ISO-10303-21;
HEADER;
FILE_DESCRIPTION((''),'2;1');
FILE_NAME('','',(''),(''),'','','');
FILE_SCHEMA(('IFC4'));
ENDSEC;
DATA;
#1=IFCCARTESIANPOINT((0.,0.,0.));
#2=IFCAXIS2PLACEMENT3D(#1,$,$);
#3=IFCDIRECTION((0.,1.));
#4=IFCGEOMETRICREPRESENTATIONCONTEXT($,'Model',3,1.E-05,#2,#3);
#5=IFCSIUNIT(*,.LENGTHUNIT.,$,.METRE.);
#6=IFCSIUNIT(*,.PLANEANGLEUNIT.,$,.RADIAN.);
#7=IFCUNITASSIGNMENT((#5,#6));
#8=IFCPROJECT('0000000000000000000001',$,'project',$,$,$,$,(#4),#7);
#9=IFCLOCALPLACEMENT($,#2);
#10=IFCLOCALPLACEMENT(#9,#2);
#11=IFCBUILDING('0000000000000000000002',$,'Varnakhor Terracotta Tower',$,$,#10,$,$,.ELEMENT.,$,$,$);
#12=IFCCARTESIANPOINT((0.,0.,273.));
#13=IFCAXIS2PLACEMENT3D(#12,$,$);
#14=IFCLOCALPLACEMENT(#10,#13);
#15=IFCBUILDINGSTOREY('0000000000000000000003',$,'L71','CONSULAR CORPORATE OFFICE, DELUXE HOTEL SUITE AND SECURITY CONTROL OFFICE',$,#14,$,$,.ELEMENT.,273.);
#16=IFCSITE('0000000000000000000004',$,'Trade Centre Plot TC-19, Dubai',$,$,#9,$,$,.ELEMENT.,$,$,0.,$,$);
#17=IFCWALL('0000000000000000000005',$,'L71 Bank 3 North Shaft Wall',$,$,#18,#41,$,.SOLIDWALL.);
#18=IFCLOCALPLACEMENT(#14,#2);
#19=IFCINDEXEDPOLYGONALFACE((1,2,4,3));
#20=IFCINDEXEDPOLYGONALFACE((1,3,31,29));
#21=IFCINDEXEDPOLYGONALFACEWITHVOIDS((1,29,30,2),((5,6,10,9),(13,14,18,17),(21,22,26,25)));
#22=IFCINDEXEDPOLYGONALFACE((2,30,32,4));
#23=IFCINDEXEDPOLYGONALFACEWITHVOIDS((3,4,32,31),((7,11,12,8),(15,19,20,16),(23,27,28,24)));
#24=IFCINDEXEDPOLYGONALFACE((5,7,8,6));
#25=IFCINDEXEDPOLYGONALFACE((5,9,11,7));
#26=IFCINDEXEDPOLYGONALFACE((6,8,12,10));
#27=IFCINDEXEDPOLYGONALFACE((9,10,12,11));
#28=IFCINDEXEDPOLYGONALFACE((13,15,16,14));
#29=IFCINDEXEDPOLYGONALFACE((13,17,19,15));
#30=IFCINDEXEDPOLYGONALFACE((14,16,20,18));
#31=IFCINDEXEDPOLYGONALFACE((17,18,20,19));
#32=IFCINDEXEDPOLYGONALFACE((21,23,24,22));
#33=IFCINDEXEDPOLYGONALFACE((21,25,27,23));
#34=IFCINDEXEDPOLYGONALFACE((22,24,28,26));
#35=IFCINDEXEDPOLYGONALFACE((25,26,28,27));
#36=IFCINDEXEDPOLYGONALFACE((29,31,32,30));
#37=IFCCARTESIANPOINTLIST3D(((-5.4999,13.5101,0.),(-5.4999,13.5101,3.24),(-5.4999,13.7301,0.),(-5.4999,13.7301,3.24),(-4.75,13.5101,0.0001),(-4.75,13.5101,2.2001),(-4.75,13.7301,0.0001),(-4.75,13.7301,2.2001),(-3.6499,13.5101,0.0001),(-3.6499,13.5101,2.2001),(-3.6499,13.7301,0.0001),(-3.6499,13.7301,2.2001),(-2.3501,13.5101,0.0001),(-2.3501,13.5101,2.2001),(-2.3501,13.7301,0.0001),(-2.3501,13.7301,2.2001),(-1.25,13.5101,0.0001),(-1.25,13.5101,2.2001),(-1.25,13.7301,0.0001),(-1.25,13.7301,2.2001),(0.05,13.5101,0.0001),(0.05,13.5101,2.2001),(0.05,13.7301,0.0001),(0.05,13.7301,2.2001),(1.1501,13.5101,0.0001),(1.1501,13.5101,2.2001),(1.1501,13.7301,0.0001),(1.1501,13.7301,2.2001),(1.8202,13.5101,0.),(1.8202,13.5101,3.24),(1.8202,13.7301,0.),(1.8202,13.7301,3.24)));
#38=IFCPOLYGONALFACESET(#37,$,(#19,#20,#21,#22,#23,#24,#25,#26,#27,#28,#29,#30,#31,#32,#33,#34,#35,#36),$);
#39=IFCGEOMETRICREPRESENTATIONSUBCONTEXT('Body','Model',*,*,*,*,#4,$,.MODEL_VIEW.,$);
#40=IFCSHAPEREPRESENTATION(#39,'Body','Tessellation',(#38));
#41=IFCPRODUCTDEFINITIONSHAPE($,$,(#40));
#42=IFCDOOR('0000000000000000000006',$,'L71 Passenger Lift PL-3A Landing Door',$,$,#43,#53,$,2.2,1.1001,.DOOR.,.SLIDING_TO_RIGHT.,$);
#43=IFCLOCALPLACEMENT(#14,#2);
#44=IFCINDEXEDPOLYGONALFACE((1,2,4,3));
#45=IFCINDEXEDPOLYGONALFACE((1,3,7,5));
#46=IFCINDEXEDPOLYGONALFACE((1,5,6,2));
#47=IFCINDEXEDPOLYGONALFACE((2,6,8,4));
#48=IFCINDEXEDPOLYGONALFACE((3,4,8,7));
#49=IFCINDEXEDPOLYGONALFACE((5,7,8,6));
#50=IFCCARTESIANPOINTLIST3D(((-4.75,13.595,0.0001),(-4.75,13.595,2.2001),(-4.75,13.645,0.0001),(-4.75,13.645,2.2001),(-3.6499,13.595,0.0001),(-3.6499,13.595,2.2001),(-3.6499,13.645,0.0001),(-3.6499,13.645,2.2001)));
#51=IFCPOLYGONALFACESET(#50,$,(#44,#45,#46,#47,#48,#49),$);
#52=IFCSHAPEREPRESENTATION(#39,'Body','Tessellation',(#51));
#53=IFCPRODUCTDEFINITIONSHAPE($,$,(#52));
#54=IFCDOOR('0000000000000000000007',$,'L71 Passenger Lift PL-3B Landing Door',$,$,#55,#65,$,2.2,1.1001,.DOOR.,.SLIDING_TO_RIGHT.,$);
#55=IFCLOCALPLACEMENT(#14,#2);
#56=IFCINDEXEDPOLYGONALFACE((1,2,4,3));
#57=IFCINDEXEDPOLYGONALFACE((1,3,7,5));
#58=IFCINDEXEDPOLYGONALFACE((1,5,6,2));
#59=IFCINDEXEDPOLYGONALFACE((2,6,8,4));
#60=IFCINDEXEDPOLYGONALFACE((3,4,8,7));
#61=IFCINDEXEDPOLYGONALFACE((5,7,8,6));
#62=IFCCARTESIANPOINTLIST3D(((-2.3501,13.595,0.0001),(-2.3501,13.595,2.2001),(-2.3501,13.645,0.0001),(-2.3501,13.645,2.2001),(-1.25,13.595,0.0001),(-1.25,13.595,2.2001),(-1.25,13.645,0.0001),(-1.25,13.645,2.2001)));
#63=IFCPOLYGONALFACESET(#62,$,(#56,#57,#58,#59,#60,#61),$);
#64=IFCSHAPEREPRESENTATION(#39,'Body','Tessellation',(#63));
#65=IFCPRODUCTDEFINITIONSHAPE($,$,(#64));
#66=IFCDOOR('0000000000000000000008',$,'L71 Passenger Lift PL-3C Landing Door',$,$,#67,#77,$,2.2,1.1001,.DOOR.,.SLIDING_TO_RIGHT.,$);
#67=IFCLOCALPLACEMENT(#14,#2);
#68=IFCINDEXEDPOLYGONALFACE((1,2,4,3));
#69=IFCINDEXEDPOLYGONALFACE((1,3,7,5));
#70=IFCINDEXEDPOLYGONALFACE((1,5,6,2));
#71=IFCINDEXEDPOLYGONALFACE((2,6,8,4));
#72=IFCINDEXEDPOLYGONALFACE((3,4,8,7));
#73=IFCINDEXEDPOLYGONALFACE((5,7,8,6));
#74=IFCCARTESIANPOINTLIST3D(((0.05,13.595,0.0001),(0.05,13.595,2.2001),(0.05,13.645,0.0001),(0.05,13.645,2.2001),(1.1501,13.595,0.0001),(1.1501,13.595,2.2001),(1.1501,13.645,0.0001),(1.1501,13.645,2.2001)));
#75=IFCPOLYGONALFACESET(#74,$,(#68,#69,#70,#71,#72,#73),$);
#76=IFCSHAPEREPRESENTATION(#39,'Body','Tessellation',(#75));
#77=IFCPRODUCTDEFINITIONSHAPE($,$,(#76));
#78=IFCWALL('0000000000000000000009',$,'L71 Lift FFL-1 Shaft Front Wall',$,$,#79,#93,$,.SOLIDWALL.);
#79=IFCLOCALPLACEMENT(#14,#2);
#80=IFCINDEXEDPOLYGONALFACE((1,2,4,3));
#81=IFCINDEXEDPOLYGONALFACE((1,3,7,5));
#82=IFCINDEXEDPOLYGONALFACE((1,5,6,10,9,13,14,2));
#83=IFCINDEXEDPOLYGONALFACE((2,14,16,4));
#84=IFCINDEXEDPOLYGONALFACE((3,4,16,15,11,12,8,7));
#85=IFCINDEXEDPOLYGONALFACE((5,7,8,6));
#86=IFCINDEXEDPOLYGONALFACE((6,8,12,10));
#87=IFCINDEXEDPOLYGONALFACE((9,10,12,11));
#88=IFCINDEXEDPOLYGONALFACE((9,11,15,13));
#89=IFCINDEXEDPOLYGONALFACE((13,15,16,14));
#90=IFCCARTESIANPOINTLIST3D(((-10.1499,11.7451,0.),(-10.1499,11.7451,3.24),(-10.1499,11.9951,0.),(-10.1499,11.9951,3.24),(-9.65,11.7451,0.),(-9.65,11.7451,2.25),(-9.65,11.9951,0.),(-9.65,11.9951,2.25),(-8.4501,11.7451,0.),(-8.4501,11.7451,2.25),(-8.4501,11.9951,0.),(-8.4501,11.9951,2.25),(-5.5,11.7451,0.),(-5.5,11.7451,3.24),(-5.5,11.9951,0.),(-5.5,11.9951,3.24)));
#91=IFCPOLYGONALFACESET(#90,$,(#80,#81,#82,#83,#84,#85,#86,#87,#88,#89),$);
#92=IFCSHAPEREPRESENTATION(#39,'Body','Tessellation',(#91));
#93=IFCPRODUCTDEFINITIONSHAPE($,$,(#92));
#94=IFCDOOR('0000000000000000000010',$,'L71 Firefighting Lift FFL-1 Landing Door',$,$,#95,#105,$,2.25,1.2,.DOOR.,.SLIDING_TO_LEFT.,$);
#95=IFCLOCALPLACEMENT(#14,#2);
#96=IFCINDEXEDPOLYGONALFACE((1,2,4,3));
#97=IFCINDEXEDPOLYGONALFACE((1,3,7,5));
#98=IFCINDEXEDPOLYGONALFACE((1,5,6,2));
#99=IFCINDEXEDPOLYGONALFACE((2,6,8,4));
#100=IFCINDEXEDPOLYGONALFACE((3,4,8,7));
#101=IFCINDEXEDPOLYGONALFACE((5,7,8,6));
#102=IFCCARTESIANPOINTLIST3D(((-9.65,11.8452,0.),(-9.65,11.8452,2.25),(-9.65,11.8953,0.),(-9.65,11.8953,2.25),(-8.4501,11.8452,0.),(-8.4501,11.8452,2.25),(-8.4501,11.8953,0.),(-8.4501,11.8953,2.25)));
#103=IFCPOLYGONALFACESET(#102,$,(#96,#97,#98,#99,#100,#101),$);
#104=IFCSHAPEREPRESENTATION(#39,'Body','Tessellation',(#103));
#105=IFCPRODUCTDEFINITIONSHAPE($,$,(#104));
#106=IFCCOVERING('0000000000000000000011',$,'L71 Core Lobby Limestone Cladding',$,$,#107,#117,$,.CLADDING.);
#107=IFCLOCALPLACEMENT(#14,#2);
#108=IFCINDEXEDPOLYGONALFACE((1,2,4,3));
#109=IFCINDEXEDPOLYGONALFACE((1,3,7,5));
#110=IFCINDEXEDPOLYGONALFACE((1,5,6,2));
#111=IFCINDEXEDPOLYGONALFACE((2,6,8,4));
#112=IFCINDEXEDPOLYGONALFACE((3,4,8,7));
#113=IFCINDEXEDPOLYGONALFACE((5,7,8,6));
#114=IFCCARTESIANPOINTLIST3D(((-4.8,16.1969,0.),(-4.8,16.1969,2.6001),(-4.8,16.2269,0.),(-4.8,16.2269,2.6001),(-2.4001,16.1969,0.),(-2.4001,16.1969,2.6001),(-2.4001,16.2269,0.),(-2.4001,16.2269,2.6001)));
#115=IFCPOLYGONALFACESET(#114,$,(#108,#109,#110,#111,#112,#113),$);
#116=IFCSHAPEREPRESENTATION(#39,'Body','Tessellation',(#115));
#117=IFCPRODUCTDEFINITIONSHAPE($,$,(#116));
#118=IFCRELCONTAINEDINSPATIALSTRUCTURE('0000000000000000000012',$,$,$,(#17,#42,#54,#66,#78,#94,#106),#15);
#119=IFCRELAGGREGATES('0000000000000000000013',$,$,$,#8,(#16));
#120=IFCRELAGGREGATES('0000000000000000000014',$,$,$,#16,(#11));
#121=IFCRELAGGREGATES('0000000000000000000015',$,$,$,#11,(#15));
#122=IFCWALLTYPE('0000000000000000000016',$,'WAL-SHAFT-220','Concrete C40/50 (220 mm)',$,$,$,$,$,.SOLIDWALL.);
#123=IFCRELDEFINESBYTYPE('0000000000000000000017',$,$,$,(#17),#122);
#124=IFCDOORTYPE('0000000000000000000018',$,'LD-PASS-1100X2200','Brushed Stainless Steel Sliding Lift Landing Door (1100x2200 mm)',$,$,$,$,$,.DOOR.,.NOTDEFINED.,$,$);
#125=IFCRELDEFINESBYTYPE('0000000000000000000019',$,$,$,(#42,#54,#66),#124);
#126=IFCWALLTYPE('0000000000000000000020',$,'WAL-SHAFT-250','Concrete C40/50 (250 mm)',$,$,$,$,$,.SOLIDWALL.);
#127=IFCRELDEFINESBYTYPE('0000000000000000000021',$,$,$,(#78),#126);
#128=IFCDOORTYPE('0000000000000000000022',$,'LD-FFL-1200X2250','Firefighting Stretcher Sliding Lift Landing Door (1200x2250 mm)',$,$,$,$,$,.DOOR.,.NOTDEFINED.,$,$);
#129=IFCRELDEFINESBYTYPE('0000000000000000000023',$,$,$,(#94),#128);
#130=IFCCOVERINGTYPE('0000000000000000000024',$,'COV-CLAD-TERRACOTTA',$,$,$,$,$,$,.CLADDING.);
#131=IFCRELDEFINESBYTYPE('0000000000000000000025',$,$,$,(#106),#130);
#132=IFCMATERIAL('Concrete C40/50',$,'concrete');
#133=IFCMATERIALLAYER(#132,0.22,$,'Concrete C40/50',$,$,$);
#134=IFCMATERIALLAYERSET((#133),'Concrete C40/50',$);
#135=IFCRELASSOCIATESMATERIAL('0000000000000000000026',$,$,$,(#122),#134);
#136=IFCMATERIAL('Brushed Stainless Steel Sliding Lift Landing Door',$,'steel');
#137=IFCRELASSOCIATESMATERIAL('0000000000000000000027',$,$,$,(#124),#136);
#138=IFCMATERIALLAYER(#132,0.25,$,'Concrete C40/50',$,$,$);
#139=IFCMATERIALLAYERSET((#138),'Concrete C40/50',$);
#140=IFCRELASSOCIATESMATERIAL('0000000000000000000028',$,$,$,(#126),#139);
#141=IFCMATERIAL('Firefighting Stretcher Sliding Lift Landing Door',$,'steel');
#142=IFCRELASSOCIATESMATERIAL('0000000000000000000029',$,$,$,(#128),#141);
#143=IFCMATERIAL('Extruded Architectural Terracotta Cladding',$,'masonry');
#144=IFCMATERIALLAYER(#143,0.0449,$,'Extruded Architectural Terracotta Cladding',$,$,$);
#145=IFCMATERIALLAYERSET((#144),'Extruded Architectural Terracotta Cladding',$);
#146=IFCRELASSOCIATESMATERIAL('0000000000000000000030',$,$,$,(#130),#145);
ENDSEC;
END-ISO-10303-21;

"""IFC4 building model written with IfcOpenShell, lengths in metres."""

from ifc_helpers import new_model, si_unit, direction, frame, frame_2d, origin, origin_2d, place, context, subcontext, project, spatial, rectangle, extrude, source, transform, mapped, material, layer, layer_set, type_object, type_shapes, element, fill, save


model = new_model("IFC4")

# Units and contexts
model_context = context("Model", 3, precision=1e-05, world=origin(), true_north=direction((0.0, 1.0)))
body_context = subcontext(model_context, "Body", "Model", "MODEL_VIEW")
ifc_project = project(units=[si_unit("LENGTHUNIT", "METRE"), si_unit("PLANEANGLEUNIT", "RADIAN")], contexts=[model_context])

# Site, building, storey
site_placement = place(None, origin())
site = spatial("IfcSite", under=ifc_project, at=site_placement, Name="Trade Centre Plot TC-19, Dubai", CompositionType="ELEMENT", RefElevation=0.0)
building_placement = place(site_placement, origin())
building = spatial("IfcBuilding", under=site, at=building_placement, Name="Varnakhor Terracotta Tower", CompositionType="ELEMENT")
storey_placement = place(building_placement, frame((0.0, 0.0, 273.0)))
storey = spatial("IfcBuildingStorey", under=building, at=storey_placement, Name="L71", Description="CONSULAR CORPORATE OFFICE, DELUXE HOTEL SUITE AND SECURITY CONTROL OFFICE", CompositionType="ELEMENT", Elevation=273.0)

# Shared definitions
ifc_material_1 = material(Name="Concrete C40/50", Category="concrete")
ifc_layer_1 = layer(ifc_material_1, 0.22, Name="Concrete C40/50")
ifc_layer_set_1 = layer_set([ifc_layer_1], Name="Concrete C40/50")
wall_type_1 = type_object("IfcWallType", Name="WAL-SHAFT-220", Description="Concrete C40/50 (220 mm)", PredefinedType="SOLIDWALL", material=ifc_layer_set_1)

# Wall, openings, doors
wall_1_placement = place(storey_placement, frame((-5.5, 13.6201, 0.0), z_axis=(0.0, 0.0, 1.0), x_axis=(1.0, 0.0, 0.0)))
wall_1 = element("IfcWall", 1, at=wall_1_placement, inside=storey, type_object=wall_type_1, Name="L71 Bank 3 North Shaft Wall", PredefinedType="SOLIDWALL", context=body_context, shape_type="SweptSolid", body=[
    extrude(rectangle(XDim=7.3201, YDim=0.22, at=frame_2d((3.6602, 0.0))), origin(), (0.0, 0.0, 1.0), 3.24),
])
opening_1_placement = place(wall_1_placement, frame((0.75, 0.0, 0.0)))
opening_1 = element("IfcOpeningElement", 2, at=opening_1_placement, cuts=wall_1, PredefinedType="OPENING", context=body_context, shape_type="SweptSolid", body=[
    extrude(rectangle(XDim=1.1001, YDim=2.2, at=frame_2d((0.55, 1.1001))), frame((0.0, 0.1201, 0.0), z_axis=(0.0, -1.0, 0.0), x_axis=(1.0, 0.0, 0.0)), (0.0, 0.0, 1.0), 0.24),
])
opening_2_placement = place(wall_1_placement, frame((3.1499, 0.0, 0.0)))
opening_2 = element("IfcOpeningElement", 3, at=opening_2_placement, cuts=wall_1, PredefinedType="OPENING", context=body_context, shape_type="SweptSolid", body=[
    extrude(rectangle(XDim=1.1001, YDim=2.2, at=frame_2d((0.55, 1.1001))), frame((0.0, 0.1201, 0.0), z_axis=(0.0, -1.0, 0.0), x_axis=(1.0, 0.0, 0.0)), (0.0, 0.0, 1.0), 0.24),
])
opening_3_placement = place(wall_1_placement, frame((5.55, 0.0, 0.0)))
opening_3 = element("IfcOpeningElement", 4, at=opening_3_placement, cuts=wall_1, PredefinedType="OPENING", context=body_context, shape_type="SweptSolid", body=[
    extrude(rectangle(XDim=1.1001, YDim=2.2, at=frame_2d((0.55, 1.1001))), frame((0.0, 0.1201, 0.0), z_axis=(0.0, -1.0, 0.0), x_axis=(1.0, 0.0, 0.0)), (0.0, 0.0, 1.0), 0.24),
])
ifc_material_2 = material(Name="Brushed Stainless Steel Sliding Lift Landing Door", Category="steel")
door_type_1 = type_object("IfcDoorType", Name="LD-PASS-1100X2200", Description="Brushed Stainless Steel Sliding Lift Landing Door (1100x2200 mm)", OperationType="NOTDEFINED", PredefinedType="DOOR", material=ifc_material_2)
shared_shape_1 = source(origin(), body_context, "Body", "SweptSolid", [
    extrude(rectangle(XDim=1.1001, YDim=2.2, at=frame_2d((0.55, 1.1001))), frame((0.0, 0.0249, 0.0), z_axis=(0.0, -1.0, 0.0), x_axis=(1.0, 0.0, 0.0)), (0.0, 0.0, 1.0), 0.05),
])
type_shapes(door_type_1, [shared_shape_1])
door_1_placement = place(opening_1_placement, origin())
door_1 = element("IfcDoor", 5, at=door_1_placement, inside=storey, type_object=door_type_1, Name="L71 Passenger Lift PL-3A Landing Door", OperationType="SLIDING_TO_RIGHT", OverallHeight=2.2, OverallWidth=1.1001, PredefinedType="DOOR", context=body_context, shape_type="MappedRepresentation", body=[
    mapped(shared_shape_1, transform((0.0, 0.0, 0.0), scale=1.0)),
])
fill(opening_1, door_1)
door_2_placement = place(opening_2_placement, origin())
door_2 = element("IfcDoor", 6, at=door_2_placement, inside=storey, type_object=door_type_1, Name="L71 Passenger Lift PL-3B Landing Door", OperationType="SLIDING_TO_RIGHT", OverallHeight=2.2, OverallWidth=1.1001, PredefinedType="DOOR", context=body_context, shape_type="MappedRepresentation", body=[
    mapped(shared_shape_1, transform((0.0, 0.0, 0.0), scale=1.0)),
])
fill(opening_2, door_2)
door_3_placement = place(opening_3_placement, origin())
door_3 = element("IfcDoor", 7, at=door_3_placement, inside=storey, type_object=door_type_1, Name="L71 Passenger Lift PL-3C Landing Door", OperationType="SLIDING_TO_RIGHT", OverallHeight=2.2, OverallWidth=1.1001, PredefinedType="DOOR", context=body_context, shape_type="MappedRepresentation", body=[
    mapped(shared_shape_1, transform((0.0, 0.0, 0.0), scale=1.0)),
])
fill(opening_3, door_3)

# Wall, opening, door
ifc_layer_2 = layer(ifc_material_1, 0.25, Name="Concrete C40/50")
ifc_layer_set_2 = layer_set([ifc_layer_2], Name="Concrete C40/50")
wall_type_2 = type_object("IfcWallType", Name="WAL-SHAFT-250", Description="Concrete C40/50 (250 mm)", PredefinedType="SOLIDWALL", material=ifc_layer_set_2)
wall_2_placement = place(storey_placement, frame((-5.5, 11.8701, 0.0), z_axis=(0.0, 0.0, 1.0), x_axis=(-1.0, 0.0, 0.0)))
wall_2 = element("IfcWall", 8, at=wall_2_placement, inside=storey, type_object=wall_type_2, Name="L71 Lift FFL-1 Shaft Front Wall", PredefinedType="SOLIDWALL", context=body_context, shape_type="SweptSolid", body=[
    extrude(rectangle(XDim=4.6499, YDim=0.25, at=frame_2d((2.325, 0.0))), origin(), (0.0, 0.0, 1.0), 3.24),
])
opening_4_placement = place(wall_2_placement, frame((2.95, 0.0, 0.0)))
opening_4 = element("IfcOpeningElement", 9, at=opening_4_placement, cuts=wall_2, PredefinedType="OPENING", context=body_context, shape_type="SweptSolid", body=[
    extrude(rectangle(XDim=1.2, YDim=2.25, at=frame_2d((0.6001, 1.125))), frame((0.0, 0.135, 0.0), z_axis=(0.0, -1.0, 0.0), x_axis=(1.0, 0.0, 0.0)), (0.0, 0.0, 1.0), 0.27),
])
ifc_material_3 = material(Name="Firefighting Stretcher Sliding Lift Landing Door", Category="steel")
door_type_2 = type_object("IfcDoorType", Name="LD-FFL-1200X2250", Description="Firefighting Stretcher Sliding Lift Landing Door (1200x2250 mm)", OperationType="NOTDEFINED", PredefinedType="DOOR", material=ifc_material_3)
shared_shape_2 = source(origin(), body_context, "Body", "SweptSolid", [
    extrude(rectangle(XDim=1.2, YDim=2.25, at=frame_2d((0.6001, 1.125))), frame((0.0, 0.0249, 0.0), z_axis=(0.0, -1.0, 0.0), x_axis=(1.0, 0.0, 0.0)), (0.0, 0.0, 1.0), 0.05),
])
type_shapes(door_type_2, [shared_shape_2])
door_4_placement = place(opening_4_placement, origin())
door_4 = element("IfcDoor", 10, at=door_4_placement, inside=storey, type_object=door_type_2, Name="L71 Firefighting Lift FFL-1 Landing Door", OperationType="SLIDING_TO_LEFT", OverallHeight=2.25, OverallWidth=1.2, PredefinedType="DOOR", context=body_context, shape_type="MappedRepresentation", body=[
    mapped(shared_shape_2, transform((0.0, 0.0, 0.0), scale=1.0)),
])
fill(opening_4, door_4)

# Covering
ifc_material_4 = material(Name="Extruded Architectural Terracotta Cladding", Category="masonry")
ifc_layer_3 = layer(ifc_material_4, 0.0449, Name="Extruded Architectural Terracotta Cladding")
ifc_layer_set_3 = layer_set([ifc_layer_3], Name="Extruded Architectural Terracotta Cladding")
covering_type = type_object("IfcCoveringType", Name="COV-CLAD-TERRACOTTA", PredefinedType="CLADDING", material=ifc_layer_set_3)
shared_shape_3 = source(origin(), body_context, "Body", "SweptSolid", [
    extrude(rectangle(XDim=2.3999, YDim=0.03, at=origin_2d()), origin(), (0.0, 0.0, 1.0), 2.6001),
])
type_shapes(covering_type, [shared_shape_3])
covering_placement = place(storey_placement, frame((-3.6001, 16.2119, 0.0), z_axis=(0.0, 0.0, 1.0), x_axis=(1.0, 0.0, 0.0)))
element("IfcCovering", 11, at=covering_placement, inside=storey, type_object=covering_type, Name="L71 Core Lobby Limestone Cladding", PredefinedType="CLADDING", context=body_context, shape_type="MappedRepresentation", body=[
    mapped(shared_shape_3, transform((0.0, 0.0, 0.0), scale=1.0)),
])

save(model, "model.ifc")
